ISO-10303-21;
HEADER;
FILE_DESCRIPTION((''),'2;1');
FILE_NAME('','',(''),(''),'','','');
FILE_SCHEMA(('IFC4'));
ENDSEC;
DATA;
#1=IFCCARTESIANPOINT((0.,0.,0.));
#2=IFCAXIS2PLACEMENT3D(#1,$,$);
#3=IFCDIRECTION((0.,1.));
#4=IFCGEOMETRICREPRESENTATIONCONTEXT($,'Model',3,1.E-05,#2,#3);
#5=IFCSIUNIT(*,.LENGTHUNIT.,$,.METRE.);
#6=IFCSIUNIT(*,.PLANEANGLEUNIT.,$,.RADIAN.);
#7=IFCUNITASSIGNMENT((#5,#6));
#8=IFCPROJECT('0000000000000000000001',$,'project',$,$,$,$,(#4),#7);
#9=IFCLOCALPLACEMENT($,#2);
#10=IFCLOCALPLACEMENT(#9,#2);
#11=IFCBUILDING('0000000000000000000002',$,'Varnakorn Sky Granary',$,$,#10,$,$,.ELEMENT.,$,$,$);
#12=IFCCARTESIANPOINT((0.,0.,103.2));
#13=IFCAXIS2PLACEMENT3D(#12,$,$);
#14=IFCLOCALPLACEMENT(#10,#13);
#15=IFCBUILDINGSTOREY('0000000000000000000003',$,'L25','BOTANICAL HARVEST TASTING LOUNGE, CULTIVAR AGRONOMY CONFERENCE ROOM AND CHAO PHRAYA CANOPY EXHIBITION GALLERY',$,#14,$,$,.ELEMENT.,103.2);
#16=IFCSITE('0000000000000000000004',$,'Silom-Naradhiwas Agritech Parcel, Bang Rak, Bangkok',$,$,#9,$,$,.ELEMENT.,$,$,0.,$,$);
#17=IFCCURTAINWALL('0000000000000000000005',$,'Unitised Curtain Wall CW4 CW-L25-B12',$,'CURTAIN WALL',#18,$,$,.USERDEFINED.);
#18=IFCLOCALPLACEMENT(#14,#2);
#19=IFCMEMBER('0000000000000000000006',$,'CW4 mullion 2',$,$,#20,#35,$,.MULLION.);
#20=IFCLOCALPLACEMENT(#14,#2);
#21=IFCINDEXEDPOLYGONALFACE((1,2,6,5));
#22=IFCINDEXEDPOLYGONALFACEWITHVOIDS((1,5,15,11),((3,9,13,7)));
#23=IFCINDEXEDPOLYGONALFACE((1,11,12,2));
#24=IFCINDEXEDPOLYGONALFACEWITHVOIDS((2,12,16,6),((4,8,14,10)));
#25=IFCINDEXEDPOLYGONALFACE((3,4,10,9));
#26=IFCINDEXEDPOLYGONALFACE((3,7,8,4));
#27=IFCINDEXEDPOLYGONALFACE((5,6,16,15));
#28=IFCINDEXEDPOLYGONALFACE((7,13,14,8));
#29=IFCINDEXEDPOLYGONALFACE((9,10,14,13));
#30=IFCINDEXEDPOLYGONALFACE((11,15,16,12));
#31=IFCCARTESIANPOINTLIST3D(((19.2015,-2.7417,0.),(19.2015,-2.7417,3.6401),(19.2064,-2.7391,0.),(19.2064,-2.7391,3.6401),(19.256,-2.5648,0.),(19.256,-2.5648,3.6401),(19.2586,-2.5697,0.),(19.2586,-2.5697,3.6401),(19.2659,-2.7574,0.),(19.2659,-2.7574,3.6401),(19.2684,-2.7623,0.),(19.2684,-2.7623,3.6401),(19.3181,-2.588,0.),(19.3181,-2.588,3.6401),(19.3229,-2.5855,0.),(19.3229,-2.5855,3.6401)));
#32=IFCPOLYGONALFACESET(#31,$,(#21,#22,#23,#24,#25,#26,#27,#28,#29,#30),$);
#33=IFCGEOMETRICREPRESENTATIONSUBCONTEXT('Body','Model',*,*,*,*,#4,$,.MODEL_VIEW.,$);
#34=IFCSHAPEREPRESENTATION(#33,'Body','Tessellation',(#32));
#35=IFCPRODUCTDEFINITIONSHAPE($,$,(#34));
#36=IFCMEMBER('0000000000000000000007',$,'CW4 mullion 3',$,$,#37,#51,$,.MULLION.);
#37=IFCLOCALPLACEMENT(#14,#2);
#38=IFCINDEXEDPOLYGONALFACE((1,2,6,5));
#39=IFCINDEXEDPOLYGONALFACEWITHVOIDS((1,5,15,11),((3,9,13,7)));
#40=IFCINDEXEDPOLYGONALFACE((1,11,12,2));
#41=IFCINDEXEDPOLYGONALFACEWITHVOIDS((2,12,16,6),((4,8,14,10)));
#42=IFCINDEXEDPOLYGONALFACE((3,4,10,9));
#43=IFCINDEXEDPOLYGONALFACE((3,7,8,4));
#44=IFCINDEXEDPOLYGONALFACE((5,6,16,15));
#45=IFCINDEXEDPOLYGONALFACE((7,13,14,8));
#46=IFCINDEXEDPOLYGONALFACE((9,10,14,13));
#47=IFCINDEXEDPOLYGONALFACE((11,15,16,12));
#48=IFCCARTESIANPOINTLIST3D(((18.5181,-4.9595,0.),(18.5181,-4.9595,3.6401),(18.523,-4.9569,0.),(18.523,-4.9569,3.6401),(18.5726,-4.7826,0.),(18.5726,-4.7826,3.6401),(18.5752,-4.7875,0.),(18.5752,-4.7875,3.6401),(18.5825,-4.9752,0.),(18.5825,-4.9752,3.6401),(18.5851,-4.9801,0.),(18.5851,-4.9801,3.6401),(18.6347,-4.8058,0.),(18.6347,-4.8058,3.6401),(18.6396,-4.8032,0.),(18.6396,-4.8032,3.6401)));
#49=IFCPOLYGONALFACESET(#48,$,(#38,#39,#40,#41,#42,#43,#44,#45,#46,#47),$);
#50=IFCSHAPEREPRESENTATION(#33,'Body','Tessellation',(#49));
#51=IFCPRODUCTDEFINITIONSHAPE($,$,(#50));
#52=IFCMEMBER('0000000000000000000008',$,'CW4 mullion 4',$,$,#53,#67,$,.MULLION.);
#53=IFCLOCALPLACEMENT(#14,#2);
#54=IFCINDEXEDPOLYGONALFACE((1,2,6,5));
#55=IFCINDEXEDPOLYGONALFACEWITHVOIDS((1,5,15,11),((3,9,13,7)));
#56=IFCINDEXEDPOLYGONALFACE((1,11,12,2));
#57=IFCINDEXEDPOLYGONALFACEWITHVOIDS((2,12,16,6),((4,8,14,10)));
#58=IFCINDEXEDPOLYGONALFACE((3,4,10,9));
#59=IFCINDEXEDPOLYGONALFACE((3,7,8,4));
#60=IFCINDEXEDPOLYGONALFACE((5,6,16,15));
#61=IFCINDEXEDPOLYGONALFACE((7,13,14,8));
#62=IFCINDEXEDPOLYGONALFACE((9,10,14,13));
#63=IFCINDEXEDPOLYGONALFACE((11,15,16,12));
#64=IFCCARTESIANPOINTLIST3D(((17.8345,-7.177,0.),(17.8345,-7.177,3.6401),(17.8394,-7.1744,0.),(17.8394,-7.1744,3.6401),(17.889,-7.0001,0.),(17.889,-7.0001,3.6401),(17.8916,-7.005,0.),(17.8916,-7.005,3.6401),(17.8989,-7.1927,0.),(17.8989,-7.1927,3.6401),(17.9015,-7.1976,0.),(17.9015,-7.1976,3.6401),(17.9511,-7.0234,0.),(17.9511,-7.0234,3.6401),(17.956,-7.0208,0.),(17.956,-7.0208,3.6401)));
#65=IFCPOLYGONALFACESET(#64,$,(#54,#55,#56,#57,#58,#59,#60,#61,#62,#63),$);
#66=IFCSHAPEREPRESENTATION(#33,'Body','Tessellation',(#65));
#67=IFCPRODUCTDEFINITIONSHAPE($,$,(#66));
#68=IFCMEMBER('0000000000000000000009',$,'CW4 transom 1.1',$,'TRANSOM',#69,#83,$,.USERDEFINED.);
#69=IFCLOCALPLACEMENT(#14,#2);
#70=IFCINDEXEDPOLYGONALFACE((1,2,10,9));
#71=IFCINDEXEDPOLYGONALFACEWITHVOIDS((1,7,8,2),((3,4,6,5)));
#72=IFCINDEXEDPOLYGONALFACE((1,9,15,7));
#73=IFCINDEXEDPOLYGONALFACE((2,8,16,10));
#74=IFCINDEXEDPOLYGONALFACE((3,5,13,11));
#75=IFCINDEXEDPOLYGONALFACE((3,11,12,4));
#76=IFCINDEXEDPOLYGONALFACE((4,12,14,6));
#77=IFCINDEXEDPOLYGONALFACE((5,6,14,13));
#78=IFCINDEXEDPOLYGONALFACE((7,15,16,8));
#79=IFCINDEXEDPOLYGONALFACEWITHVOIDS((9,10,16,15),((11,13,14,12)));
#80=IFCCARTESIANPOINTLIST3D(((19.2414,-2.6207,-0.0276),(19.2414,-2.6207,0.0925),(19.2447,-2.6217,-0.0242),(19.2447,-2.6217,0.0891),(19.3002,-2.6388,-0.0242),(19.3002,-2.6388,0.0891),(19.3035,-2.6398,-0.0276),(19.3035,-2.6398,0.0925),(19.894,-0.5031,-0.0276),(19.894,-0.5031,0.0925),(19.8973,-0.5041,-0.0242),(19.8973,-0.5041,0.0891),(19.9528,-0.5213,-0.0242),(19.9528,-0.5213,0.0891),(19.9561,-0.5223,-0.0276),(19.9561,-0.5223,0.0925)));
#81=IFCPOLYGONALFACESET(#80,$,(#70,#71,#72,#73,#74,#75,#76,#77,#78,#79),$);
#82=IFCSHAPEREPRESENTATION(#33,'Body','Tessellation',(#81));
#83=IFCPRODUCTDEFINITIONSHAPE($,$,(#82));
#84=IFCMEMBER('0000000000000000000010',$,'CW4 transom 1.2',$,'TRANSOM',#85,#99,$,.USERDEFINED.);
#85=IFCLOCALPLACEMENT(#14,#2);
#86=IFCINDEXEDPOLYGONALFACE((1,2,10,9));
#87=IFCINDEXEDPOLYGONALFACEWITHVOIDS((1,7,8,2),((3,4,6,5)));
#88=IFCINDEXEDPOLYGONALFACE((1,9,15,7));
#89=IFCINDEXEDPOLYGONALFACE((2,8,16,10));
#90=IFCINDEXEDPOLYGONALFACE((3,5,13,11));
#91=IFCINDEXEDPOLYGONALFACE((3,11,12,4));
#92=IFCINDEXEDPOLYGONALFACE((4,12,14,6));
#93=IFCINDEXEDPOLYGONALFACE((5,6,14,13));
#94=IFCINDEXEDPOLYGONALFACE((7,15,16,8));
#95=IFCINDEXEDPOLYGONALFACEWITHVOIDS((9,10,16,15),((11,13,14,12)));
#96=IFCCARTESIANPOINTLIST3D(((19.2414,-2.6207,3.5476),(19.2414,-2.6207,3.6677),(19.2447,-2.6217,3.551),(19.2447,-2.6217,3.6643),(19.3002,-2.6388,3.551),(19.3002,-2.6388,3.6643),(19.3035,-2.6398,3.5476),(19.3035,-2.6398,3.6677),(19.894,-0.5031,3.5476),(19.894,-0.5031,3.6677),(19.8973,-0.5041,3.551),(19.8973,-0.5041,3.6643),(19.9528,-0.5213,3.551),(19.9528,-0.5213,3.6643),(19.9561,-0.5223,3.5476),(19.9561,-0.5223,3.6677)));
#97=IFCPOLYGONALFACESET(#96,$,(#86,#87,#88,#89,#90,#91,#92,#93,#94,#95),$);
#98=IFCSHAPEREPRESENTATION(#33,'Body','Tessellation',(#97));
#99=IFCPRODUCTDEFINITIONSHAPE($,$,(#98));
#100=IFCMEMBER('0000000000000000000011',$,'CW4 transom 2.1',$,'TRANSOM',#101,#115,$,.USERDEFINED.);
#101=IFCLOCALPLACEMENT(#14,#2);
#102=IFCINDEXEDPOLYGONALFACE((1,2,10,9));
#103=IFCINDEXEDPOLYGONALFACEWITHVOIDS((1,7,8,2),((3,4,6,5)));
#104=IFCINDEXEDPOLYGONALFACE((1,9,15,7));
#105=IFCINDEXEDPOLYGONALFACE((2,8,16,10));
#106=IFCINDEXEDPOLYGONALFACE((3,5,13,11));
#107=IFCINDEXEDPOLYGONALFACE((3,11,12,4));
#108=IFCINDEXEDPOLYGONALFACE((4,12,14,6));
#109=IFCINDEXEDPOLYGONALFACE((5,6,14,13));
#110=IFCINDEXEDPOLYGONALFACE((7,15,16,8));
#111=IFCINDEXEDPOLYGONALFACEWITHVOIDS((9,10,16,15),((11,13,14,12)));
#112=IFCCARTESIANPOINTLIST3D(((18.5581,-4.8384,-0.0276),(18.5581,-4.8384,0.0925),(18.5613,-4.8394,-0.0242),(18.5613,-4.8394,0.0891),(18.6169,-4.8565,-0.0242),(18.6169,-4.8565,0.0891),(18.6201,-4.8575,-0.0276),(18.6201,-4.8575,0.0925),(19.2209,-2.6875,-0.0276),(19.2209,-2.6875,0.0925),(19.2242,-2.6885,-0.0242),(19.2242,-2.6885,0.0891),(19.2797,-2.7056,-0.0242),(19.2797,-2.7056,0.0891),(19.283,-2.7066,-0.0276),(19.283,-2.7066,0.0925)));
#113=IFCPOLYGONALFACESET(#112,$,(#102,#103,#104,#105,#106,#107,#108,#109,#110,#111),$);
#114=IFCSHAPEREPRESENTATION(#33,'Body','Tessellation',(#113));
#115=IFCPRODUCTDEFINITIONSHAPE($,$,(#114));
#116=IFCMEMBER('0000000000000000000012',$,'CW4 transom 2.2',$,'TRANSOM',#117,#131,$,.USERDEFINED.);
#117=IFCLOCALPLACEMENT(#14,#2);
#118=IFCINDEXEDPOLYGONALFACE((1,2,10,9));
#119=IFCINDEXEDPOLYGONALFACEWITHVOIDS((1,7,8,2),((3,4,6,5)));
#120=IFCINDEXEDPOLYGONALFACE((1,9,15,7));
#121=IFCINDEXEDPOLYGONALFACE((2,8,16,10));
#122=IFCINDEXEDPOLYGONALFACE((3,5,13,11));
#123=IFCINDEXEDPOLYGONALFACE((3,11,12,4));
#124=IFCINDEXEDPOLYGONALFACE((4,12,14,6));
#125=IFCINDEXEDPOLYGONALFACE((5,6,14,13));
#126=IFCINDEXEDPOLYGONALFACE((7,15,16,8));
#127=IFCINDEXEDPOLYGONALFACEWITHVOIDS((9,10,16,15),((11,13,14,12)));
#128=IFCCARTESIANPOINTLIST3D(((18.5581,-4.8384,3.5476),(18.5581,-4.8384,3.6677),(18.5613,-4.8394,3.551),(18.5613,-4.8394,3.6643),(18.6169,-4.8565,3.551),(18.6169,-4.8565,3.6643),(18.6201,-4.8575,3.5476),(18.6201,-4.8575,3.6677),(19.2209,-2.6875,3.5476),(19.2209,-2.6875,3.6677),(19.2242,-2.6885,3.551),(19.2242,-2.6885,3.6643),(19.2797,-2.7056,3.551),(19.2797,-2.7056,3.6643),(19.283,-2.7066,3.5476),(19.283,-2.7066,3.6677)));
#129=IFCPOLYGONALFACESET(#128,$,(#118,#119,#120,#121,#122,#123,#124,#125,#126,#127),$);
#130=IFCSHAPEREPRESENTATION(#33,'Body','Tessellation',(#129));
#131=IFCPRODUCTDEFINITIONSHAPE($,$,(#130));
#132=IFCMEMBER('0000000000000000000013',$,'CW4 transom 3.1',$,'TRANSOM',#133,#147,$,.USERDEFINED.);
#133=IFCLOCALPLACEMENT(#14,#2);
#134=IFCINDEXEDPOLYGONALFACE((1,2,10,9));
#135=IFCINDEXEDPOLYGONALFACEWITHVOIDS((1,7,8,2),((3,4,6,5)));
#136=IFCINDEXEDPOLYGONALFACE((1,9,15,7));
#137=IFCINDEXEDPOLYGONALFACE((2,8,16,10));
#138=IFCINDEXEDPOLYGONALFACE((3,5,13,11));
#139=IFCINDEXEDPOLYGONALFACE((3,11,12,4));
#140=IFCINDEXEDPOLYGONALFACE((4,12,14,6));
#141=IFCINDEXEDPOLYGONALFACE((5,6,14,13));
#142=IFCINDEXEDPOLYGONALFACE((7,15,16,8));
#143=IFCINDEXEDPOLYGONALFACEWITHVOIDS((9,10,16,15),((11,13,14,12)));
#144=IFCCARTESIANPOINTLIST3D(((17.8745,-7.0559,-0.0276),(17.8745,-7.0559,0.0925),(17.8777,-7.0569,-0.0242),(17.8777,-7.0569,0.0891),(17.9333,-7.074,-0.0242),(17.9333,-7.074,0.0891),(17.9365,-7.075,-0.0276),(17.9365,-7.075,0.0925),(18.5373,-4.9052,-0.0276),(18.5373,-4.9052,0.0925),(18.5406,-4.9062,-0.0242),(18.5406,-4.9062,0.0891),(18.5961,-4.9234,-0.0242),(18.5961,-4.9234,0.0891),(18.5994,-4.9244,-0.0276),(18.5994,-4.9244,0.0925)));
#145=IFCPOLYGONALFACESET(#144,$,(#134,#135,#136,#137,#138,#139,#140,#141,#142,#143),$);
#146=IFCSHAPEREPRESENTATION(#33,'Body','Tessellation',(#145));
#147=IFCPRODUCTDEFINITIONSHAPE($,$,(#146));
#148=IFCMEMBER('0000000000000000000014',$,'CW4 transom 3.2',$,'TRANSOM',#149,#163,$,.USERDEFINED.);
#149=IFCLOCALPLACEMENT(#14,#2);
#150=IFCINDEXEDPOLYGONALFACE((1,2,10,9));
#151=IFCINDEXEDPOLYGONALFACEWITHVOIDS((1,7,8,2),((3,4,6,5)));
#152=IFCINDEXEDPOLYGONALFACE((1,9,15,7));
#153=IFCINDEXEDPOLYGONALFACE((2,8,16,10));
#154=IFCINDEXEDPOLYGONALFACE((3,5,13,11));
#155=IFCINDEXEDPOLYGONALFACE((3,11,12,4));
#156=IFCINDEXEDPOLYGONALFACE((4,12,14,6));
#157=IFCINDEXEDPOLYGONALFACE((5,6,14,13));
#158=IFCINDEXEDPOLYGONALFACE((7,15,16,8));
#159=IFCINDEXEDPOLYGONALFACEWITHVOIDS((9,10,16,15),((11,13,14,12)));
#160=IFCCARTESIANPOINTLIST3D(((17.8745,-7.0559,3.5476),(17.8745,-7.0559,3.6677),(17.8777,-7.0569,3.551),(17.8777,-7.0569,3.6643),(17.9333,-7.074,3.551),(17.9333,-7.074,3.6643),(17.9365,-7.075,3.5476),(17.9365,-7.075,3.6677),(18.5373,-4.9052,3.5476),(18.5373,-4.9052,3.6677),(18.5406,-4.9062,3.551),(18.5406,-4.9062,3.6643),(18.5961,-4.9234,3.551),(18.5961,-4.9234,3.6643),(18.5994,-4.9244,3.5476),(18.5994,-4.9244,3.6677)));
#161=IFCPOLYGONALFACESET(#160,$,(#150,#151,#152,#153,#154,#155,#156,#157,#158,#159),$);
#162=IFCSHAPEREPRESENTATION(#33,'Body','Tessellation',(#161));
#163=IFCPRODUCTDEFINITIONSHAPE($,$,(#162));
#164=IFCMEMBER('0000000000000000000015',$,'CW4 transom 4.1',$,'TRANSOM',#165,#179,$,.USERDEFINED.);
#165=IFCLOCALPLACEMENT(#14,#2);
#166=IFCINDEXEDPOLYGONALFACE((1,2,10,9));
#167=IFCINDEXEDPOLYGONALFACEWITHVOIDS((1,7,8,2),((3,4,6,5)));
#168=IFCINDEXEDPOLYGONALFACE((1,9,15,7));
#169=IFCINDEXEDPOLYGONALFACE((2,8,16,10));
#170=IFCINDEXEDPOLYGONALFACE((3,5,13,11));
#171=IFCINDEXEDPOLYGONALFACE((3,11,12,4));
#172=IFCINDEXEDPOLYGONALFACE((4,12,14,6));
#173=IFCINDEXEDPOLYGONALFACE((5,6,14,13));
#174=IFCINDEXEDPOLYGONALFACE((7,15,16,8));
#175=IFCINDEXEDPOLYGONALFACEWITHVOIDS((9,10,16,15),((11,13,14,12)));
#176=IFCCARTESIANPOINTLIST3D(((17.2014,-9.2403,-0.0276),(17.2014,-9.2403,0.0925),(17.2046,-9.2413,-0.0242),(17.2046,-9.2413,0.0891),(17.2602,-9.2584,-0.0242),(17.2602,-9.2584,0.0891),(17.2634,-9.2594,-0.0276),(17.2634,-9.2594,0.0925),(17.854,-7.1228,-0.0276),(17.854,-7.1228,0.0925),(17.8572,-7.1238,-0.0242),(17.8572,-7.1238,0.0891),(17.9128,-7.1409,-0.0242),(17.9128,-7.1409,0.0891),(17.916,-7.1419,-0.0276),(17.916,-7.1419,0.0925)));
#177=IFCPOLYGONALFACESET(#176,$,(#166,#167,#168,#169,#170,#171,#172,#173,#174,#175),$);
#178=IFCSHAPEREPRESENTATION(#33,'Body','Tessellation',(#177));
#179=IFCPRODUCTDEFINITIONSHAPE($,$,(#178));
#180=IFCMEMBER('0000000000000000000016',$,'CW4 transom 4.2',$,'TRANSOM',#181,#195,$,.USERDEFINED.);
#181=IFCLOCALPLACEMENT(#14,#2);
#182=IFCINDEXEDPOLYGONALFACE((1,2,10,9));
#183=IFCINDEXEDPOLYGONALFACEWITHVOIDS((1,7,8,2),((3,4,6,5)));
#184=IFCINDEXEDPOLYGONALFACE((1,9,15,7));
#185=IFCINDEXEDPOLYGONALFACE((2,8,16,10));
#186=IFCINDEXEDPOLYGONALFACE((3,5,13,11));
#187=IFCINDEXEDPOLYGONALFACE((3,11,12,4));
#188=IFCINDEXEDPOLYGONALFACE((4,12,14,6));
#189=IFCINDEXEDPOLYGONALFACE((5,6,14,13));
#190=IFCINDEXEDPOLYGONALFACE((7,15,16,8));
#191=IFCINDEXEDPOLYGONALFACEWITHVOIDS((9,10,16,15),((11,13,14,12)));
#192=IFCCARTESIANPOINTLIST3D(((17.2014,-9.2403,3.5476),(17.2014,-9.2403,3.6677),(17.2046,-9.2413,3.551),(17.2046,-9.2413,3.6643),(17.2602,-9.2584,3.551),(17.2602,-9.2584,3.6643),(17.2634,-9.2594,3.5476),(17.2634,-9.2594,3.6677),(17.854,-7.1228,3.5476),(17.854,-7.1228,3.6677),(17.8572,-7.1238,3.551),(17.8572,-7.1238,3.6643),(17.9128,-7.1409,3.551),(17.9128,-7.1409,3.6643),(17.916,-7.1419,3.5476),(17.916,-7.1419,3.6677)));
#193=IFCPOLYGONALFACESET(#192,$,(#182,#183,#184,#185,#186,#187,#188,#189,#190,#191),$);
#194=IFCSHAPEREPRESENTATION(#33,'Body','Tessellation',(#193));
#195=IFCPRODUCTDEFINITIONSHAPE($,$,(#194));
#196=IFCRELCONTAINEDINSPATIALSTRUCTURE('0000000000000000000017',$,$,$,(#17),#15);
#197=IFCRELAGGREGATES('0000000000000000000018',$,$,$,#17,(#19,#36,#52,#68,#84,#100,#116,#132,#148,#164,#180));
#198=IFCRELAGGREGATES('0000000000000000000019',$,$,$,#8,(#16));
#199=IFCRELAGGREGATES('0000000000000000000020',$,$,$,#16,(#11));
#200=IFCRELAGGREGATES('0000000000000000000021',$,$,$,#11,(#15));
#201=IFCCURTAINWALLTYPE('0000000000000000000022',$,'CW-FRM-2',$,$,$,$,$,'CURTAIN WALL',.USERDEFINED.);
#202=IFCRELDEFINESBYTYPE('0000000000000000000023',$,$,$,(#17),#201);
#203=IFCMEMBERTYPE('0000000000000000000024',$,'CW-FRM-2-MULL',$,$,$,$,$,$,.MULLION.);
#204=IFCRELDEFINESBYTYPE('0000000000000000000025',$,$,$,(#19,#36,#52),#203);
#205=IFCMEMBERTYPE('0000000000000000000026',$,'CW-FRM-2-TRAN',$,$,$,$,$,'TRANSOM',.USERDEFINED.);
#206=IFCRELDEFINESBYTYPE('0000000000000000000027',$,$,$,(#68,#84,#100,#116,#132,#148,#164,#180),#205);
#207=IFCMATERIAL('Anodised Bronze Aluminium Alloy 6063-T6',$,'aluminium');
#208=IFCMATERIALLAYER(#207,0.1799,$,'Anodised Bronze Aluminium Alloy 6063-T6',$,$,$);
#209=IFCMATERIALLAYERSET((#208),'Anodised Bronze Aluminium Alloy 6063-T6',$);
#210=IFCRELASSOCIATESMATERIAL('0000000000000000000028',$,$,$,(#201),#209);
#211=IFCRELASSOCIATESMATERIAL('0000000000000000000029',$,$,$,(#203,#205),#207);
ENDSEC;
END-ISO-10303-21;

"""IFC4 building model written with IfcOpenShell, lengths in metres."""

from ifc_helpers import new_model, si_unit, direction, frame, origin, origin_2d, place, context, subcontext, project, spatial, hollow_rectangle, extrude, material, layer, layer_set, material_profile, profile_set, type_object, element, aggregate, save


model = new_model("IFC4")

# Units and contexts
model_context = context("Model", 3, precision=1e-05, world=origin(), true_north=direction((0.0, 1.0)))
body_context = subcontext(model_context, "Body", "Model", "MODEL_VIEW")
ifc_project = project(units=[si_unit("LENGTHUNIT", "METRE"), si_unit("PLANEANGLEUNIT", "RADIAN")], contexts=[model_context])

# Site, building, storey
site_placement = place(None, origin())
site = spatial("IfcSite", under=ifc_project, at=site_placement, Name="Silom-Naradhiwas Agritech Parcel, Bang Rak, Bangkok", CompositionType="ELEMENT", RefElevation=0.0)
building_placement = place(site_placement, origin())
building = spatial("IfcBuilding", under=site, at=building_placement, Name="Varnakorn Sky Granary", CompositionType="ELEMENT")
storey_placement = place(building_placement, frame((0.0, 0.0, 103.2)))
storey = spatial("IfcBuildingStorey", under=building, at=storey_placement, Name="L25", Description="BOTANICAL HARVEST TASTING LOUNGE, CULTIVAR AGRONOMY CONFERENCE ROOM AND CHAO PHRAYA CANOPY EXHIBITION GALLERY", CompositionType="ELEMENT", Elevation=103.2)

# Shared definitions
ifc_material_1 = material(Name="Anodised Bronze Aluminium Alloy 6063-T6", Category="aluminium")
ifc_layer_1 = layer(ifc_material_1, 0.1799, Name="Anodised Bronze Aluminium Alloy 6063-T6")
ifc_layer_set_1 = layer_set([ifc_layer_1], Name="Anodised Bronze Aluminium Alloy 6063-T6")
curtain_wall_type = type_object("IfcCurtainWallType", Name="CW-FRM-2", ElementType="CURTAIN WALL", PredefinedType="USERDEFINED", material=ifc_layer_set_1)
ifc_material_profile_1 = material_profile(ifc_material_1, hollow_rectangle(XDim=0.0701, YDim=0.1851, WallThickness=0.0039, at=origin_2d()), Name="ALU MULL 70x185")
ifc_profile_set_1 = profile_set([ifc_material_profile_1], Name="Anodised Bronze Aluminium Alloy 6063-T6")
member_type_1 = type_object("IfcMemberType", Name="CW-FRM-2-MULL", PredefinedType="MULLION", material=ifc_profile_set_1)

# Curtain wall, members
curtain_wall_1_placement = place(storey_placement, origin())
curtain_wall_1 = element("IfcCurtainWall", 1, at=curtain_wall_1_placement, inside=storey, type_object=curtain_wall_type, Name="Unitised Curtain Wall CW4 CW-L25-B12", ObjectType="CURTAIN WALL", PredefinedType="USERDEFINED")
member_1_placement = place(storey_placement, frame((19.2622, -2.6636, 0.0), z_axis=(0.0, 0.0, 1.0), x_axis=(0.955652, -0.294498, 0.0)))
member_1 = element("IfcMember", 2, at=member_1_placement, type_object=member_type_1, Name="CW4 mullion 2", PredefinedType="MULLION", context=body_context, shape_type="SweptSolid", body=[
    extrude(hollow_rectangle(XDim=0.0701, YDim=0.1851, WallThickness=0.0039, at=origin_2d()), origin(), (0.0, 0.0, 1.0), 3.6401),
])
member_2_placement = place(storey_placement, frame((18.5789, -4.8813, 0.0), z_axis=(0.0, 0.0, 1.0), x_axis=(0.955652, -0.294498, 0.0)))
member_2 = element("IfcMember", 3, at=member_2_placement, type_object=member_type_1, Name="CW4 mullion 3", PredefinedType="MULLION", context=body_context, shape_type="SweptSolid", body=[
    extrude(hollow_rectangle(XDim=0.0701, YDim=0.1851, WallThickness=0.0039, at=origin_2d()), origin(), (0.0, 0.0, 1.0), 3.6401),
])
member_3_placement = place(storey_placement, frame((17.8953, -7.0989, 0.0), z_axis=(0.0, 0.0, 1.0), x_axis=(0.955652, -0.294498, 0.0)))
member_3 = element("IfcMember", 4, at=member_3_placement, type_object=member_type_1, Name="CW4 mullion 4", PredefinedType="MULLION", context=body_context, shape_type="SweptSolid", body=[
    extrude(hollow_rectangle(XDim=0.0701, YDim=0.1851, WallThickness=0.0039, at=origin_2d()), origin(), (0.0, 0.0, 1.0), 3.6401),
])
ifc_material_profile_2 = material_profile(ifc_material_1, hollow_rectangle(XDim=0.0649, YDim=0.1201, WallThickness=0.0034, at=origin_2d()), Name="ALU TRAN 65x120")
ifc_profile_set_2 = profile_set([ifc_material_profile_2], Name="Anodised Bronze Aluminium Alloy 6063-T6")
member_type_2 = type_object("IfcMemberType", Name="CW-FRM-2-TRAN", ElementType="TRANSOM", PredefinedType="USERDEFINED", material=ifc_profile_set_2)
member_4_placement = place(storey_placement, frame((19.925, -0.5127, 0.0325), z_axis=(-0.294527, -0.955643, 0.0), x_axis=(0.955643, -0.294527, 0.0)))
member_4 = element("IfcMember", 5, at=member_4_placement, type_object=member_type_2, Name="CW4 transom 1.1", ObjectType="TRANSOM", PredefinedType="USERDEFINED", context=body_context, shape_type="SweptSolid", body=[
    extrude(hollow_rectangle(XDim=0.0649, YDim=0.1201, WallThickness=0.0034, at=origin_2d()), origin(), (0.0, 0.0, 1.0), 2.2158),
])
member_5_placement = place(storey_placement, frame((19.925, -0.5127, 3.6077), z_axis=(-0.294527, -0.955643, 0.0), x_axis=(0.955643, -0.294527, 0.0)))
member_5 = element("IfcMember", 6, at=member_5_placement, type_object=member_type_2, Name="CW4 transom 1.2", ObjectType="TRANSOM", PredefinedType="USERDEFINED", context=body_context, shape_type="SweptSolid", body=[
    extrude(hollow_rectangle(XDim=0.0649, YDim=0.1201, WallThickness=0.0034, at=origin_2d()), origin(), (0.0, 0.0, 1.0), 2.2158),
])
member_6_placement = place(storey_placement, frame((19.252, -2.697, 0.0325), z_axis=(-0.294505, -0.95565, 0.0), x_axis=(0.95565, -0.294505, 0.0)))
member_6 = element("IfcMember", 7, at=member_6_placement, type_object=member_type_2, Name="CW4 transom 2.1", ObjectType="TRANSOM", PredefinedType="USERDEFINED", context=body_context, shape_type="SweptSolid", body=[
    extrude(hollow_rectangle(XDim=0.0649, YDim=0.1201, WallThickness=0.0034, at=origin_2d()), origin(), (0.0, 0.0, 1.0), 2.2507),
])
member_7_placement = place(storey_placement, frame((19.252, -2.697, 3.6077), z_axis=(-0.294505, -0.95565, 0.0), x_axis=(0.95565, -0.294505, 0.0)))
member_7 = element("IfcMember", 8, at=member_7_placement, type_object=member_type_2, Name="CW4 transom 2.2", ObjectType="TRANSOM", PredefinedType="USERDEFINED", context=body_context, shape_type="SweptSolid", body=[
    extrude(hollow_rectangle(XDim=0.0649, YDim=0.1201, WallThickness=0.0034, at=origin_2d()), origin(), (0.0, 0.0, 1.0), 2.2507),
])
member_8_placement = place(storey_placement, frame((18.5684, -4.9148, 0.0325), z_axis=(-0.294536, -0.955641, 0.0), x_axis=(0.955641, -0.294536, 0.0)))
member_8 = element("IfcMember", 9, at=member_8_placement, type_object=member_type_2, Name="CW4 transom 3.1", ObjectType="TRANSOM", PredefinedType="USERDEFINED", context=body_context, shape_type="SweptSolid", body=[
    extrude(hollow_rectangle(XDim=0.0649, YDim=0.1201, WallThickness=0.0034, at=origin_2d()), origin(), (0.0, 0.0, 1.0), 2.2505),
])
member_9_placement = place(storey_placement, frame((18.5684, -4.9148, 3.6077), z_axis=(-0.294536, -0.955641, 0.0), x_axis=(0.955641, -0.294536, 0.0)))
member_9 = element("IfcMember", 10, at=member_9_placement, type_object=member_type_2, Name="CW4 transom 3.2", ObjectType="TRANSOM", PredefinedType="USERDEFINED", context=body_context, shape_type="SweptSolid", body=[
    extrude(hollow_rectangle(XDim=0.0649, YDim=0.1201, WallThickness=0.0034, at=origin_2d()), origin(), (0.0, 0.0, 1.0), 2.2505),
])
member_10_placement = place(storey_placement, frame((17.885, -7.1323, 0.0325), z_axis=(-0.294527, -0.955643, 0.0), x_axis=(0.955643, -0.294527, 0.0)))
member_10 = element("IfcMember", 11, at=member_10_placement, type_object=member_type_2, Name="CW4 transom 4.1", ObjectType="TRANSOM", PredefinedType="USERDEFINED", context=body_context, shape_type="SweptSolid", body=[
    extrude(hollow_rectangle(XDim=0.0649, YDim=0.1201, WallThickness=0.0034, at=origin_2d()), origin(), (0.0, 0.0, 1.0), 2.2158),
])
member_11_placement = place(storey_placement, frame((17.885, -7.1323, 3.6077), z_axis=(-0.294527, -0.955643, 0.0), x_axis=(0.955643, -0.294527, 0.0)))
member_11 = element("IfcMember", 12, at=member_11_placement, type_object=member_type_2, Name="CW4 transom 4.2", ObjectType="TRANSOM", PredefinedType="USERDEFINED", context=body_context, shape_type="SweptSolid", body=[
    extrude(hollow_rectangle(XDim=0.0649, YDim=0.1201, WallThickness=0.0034, at=origin_2d()), origin(), (0.0, 0.0, 1.0), 2.2158),
])

aggregate(curtain_wall_1, [member_1, member_2, member_3, member_4, member_5, member_6, member_7, member_8, member_9, member_10, member_11])

save(model, "model.ifc")
